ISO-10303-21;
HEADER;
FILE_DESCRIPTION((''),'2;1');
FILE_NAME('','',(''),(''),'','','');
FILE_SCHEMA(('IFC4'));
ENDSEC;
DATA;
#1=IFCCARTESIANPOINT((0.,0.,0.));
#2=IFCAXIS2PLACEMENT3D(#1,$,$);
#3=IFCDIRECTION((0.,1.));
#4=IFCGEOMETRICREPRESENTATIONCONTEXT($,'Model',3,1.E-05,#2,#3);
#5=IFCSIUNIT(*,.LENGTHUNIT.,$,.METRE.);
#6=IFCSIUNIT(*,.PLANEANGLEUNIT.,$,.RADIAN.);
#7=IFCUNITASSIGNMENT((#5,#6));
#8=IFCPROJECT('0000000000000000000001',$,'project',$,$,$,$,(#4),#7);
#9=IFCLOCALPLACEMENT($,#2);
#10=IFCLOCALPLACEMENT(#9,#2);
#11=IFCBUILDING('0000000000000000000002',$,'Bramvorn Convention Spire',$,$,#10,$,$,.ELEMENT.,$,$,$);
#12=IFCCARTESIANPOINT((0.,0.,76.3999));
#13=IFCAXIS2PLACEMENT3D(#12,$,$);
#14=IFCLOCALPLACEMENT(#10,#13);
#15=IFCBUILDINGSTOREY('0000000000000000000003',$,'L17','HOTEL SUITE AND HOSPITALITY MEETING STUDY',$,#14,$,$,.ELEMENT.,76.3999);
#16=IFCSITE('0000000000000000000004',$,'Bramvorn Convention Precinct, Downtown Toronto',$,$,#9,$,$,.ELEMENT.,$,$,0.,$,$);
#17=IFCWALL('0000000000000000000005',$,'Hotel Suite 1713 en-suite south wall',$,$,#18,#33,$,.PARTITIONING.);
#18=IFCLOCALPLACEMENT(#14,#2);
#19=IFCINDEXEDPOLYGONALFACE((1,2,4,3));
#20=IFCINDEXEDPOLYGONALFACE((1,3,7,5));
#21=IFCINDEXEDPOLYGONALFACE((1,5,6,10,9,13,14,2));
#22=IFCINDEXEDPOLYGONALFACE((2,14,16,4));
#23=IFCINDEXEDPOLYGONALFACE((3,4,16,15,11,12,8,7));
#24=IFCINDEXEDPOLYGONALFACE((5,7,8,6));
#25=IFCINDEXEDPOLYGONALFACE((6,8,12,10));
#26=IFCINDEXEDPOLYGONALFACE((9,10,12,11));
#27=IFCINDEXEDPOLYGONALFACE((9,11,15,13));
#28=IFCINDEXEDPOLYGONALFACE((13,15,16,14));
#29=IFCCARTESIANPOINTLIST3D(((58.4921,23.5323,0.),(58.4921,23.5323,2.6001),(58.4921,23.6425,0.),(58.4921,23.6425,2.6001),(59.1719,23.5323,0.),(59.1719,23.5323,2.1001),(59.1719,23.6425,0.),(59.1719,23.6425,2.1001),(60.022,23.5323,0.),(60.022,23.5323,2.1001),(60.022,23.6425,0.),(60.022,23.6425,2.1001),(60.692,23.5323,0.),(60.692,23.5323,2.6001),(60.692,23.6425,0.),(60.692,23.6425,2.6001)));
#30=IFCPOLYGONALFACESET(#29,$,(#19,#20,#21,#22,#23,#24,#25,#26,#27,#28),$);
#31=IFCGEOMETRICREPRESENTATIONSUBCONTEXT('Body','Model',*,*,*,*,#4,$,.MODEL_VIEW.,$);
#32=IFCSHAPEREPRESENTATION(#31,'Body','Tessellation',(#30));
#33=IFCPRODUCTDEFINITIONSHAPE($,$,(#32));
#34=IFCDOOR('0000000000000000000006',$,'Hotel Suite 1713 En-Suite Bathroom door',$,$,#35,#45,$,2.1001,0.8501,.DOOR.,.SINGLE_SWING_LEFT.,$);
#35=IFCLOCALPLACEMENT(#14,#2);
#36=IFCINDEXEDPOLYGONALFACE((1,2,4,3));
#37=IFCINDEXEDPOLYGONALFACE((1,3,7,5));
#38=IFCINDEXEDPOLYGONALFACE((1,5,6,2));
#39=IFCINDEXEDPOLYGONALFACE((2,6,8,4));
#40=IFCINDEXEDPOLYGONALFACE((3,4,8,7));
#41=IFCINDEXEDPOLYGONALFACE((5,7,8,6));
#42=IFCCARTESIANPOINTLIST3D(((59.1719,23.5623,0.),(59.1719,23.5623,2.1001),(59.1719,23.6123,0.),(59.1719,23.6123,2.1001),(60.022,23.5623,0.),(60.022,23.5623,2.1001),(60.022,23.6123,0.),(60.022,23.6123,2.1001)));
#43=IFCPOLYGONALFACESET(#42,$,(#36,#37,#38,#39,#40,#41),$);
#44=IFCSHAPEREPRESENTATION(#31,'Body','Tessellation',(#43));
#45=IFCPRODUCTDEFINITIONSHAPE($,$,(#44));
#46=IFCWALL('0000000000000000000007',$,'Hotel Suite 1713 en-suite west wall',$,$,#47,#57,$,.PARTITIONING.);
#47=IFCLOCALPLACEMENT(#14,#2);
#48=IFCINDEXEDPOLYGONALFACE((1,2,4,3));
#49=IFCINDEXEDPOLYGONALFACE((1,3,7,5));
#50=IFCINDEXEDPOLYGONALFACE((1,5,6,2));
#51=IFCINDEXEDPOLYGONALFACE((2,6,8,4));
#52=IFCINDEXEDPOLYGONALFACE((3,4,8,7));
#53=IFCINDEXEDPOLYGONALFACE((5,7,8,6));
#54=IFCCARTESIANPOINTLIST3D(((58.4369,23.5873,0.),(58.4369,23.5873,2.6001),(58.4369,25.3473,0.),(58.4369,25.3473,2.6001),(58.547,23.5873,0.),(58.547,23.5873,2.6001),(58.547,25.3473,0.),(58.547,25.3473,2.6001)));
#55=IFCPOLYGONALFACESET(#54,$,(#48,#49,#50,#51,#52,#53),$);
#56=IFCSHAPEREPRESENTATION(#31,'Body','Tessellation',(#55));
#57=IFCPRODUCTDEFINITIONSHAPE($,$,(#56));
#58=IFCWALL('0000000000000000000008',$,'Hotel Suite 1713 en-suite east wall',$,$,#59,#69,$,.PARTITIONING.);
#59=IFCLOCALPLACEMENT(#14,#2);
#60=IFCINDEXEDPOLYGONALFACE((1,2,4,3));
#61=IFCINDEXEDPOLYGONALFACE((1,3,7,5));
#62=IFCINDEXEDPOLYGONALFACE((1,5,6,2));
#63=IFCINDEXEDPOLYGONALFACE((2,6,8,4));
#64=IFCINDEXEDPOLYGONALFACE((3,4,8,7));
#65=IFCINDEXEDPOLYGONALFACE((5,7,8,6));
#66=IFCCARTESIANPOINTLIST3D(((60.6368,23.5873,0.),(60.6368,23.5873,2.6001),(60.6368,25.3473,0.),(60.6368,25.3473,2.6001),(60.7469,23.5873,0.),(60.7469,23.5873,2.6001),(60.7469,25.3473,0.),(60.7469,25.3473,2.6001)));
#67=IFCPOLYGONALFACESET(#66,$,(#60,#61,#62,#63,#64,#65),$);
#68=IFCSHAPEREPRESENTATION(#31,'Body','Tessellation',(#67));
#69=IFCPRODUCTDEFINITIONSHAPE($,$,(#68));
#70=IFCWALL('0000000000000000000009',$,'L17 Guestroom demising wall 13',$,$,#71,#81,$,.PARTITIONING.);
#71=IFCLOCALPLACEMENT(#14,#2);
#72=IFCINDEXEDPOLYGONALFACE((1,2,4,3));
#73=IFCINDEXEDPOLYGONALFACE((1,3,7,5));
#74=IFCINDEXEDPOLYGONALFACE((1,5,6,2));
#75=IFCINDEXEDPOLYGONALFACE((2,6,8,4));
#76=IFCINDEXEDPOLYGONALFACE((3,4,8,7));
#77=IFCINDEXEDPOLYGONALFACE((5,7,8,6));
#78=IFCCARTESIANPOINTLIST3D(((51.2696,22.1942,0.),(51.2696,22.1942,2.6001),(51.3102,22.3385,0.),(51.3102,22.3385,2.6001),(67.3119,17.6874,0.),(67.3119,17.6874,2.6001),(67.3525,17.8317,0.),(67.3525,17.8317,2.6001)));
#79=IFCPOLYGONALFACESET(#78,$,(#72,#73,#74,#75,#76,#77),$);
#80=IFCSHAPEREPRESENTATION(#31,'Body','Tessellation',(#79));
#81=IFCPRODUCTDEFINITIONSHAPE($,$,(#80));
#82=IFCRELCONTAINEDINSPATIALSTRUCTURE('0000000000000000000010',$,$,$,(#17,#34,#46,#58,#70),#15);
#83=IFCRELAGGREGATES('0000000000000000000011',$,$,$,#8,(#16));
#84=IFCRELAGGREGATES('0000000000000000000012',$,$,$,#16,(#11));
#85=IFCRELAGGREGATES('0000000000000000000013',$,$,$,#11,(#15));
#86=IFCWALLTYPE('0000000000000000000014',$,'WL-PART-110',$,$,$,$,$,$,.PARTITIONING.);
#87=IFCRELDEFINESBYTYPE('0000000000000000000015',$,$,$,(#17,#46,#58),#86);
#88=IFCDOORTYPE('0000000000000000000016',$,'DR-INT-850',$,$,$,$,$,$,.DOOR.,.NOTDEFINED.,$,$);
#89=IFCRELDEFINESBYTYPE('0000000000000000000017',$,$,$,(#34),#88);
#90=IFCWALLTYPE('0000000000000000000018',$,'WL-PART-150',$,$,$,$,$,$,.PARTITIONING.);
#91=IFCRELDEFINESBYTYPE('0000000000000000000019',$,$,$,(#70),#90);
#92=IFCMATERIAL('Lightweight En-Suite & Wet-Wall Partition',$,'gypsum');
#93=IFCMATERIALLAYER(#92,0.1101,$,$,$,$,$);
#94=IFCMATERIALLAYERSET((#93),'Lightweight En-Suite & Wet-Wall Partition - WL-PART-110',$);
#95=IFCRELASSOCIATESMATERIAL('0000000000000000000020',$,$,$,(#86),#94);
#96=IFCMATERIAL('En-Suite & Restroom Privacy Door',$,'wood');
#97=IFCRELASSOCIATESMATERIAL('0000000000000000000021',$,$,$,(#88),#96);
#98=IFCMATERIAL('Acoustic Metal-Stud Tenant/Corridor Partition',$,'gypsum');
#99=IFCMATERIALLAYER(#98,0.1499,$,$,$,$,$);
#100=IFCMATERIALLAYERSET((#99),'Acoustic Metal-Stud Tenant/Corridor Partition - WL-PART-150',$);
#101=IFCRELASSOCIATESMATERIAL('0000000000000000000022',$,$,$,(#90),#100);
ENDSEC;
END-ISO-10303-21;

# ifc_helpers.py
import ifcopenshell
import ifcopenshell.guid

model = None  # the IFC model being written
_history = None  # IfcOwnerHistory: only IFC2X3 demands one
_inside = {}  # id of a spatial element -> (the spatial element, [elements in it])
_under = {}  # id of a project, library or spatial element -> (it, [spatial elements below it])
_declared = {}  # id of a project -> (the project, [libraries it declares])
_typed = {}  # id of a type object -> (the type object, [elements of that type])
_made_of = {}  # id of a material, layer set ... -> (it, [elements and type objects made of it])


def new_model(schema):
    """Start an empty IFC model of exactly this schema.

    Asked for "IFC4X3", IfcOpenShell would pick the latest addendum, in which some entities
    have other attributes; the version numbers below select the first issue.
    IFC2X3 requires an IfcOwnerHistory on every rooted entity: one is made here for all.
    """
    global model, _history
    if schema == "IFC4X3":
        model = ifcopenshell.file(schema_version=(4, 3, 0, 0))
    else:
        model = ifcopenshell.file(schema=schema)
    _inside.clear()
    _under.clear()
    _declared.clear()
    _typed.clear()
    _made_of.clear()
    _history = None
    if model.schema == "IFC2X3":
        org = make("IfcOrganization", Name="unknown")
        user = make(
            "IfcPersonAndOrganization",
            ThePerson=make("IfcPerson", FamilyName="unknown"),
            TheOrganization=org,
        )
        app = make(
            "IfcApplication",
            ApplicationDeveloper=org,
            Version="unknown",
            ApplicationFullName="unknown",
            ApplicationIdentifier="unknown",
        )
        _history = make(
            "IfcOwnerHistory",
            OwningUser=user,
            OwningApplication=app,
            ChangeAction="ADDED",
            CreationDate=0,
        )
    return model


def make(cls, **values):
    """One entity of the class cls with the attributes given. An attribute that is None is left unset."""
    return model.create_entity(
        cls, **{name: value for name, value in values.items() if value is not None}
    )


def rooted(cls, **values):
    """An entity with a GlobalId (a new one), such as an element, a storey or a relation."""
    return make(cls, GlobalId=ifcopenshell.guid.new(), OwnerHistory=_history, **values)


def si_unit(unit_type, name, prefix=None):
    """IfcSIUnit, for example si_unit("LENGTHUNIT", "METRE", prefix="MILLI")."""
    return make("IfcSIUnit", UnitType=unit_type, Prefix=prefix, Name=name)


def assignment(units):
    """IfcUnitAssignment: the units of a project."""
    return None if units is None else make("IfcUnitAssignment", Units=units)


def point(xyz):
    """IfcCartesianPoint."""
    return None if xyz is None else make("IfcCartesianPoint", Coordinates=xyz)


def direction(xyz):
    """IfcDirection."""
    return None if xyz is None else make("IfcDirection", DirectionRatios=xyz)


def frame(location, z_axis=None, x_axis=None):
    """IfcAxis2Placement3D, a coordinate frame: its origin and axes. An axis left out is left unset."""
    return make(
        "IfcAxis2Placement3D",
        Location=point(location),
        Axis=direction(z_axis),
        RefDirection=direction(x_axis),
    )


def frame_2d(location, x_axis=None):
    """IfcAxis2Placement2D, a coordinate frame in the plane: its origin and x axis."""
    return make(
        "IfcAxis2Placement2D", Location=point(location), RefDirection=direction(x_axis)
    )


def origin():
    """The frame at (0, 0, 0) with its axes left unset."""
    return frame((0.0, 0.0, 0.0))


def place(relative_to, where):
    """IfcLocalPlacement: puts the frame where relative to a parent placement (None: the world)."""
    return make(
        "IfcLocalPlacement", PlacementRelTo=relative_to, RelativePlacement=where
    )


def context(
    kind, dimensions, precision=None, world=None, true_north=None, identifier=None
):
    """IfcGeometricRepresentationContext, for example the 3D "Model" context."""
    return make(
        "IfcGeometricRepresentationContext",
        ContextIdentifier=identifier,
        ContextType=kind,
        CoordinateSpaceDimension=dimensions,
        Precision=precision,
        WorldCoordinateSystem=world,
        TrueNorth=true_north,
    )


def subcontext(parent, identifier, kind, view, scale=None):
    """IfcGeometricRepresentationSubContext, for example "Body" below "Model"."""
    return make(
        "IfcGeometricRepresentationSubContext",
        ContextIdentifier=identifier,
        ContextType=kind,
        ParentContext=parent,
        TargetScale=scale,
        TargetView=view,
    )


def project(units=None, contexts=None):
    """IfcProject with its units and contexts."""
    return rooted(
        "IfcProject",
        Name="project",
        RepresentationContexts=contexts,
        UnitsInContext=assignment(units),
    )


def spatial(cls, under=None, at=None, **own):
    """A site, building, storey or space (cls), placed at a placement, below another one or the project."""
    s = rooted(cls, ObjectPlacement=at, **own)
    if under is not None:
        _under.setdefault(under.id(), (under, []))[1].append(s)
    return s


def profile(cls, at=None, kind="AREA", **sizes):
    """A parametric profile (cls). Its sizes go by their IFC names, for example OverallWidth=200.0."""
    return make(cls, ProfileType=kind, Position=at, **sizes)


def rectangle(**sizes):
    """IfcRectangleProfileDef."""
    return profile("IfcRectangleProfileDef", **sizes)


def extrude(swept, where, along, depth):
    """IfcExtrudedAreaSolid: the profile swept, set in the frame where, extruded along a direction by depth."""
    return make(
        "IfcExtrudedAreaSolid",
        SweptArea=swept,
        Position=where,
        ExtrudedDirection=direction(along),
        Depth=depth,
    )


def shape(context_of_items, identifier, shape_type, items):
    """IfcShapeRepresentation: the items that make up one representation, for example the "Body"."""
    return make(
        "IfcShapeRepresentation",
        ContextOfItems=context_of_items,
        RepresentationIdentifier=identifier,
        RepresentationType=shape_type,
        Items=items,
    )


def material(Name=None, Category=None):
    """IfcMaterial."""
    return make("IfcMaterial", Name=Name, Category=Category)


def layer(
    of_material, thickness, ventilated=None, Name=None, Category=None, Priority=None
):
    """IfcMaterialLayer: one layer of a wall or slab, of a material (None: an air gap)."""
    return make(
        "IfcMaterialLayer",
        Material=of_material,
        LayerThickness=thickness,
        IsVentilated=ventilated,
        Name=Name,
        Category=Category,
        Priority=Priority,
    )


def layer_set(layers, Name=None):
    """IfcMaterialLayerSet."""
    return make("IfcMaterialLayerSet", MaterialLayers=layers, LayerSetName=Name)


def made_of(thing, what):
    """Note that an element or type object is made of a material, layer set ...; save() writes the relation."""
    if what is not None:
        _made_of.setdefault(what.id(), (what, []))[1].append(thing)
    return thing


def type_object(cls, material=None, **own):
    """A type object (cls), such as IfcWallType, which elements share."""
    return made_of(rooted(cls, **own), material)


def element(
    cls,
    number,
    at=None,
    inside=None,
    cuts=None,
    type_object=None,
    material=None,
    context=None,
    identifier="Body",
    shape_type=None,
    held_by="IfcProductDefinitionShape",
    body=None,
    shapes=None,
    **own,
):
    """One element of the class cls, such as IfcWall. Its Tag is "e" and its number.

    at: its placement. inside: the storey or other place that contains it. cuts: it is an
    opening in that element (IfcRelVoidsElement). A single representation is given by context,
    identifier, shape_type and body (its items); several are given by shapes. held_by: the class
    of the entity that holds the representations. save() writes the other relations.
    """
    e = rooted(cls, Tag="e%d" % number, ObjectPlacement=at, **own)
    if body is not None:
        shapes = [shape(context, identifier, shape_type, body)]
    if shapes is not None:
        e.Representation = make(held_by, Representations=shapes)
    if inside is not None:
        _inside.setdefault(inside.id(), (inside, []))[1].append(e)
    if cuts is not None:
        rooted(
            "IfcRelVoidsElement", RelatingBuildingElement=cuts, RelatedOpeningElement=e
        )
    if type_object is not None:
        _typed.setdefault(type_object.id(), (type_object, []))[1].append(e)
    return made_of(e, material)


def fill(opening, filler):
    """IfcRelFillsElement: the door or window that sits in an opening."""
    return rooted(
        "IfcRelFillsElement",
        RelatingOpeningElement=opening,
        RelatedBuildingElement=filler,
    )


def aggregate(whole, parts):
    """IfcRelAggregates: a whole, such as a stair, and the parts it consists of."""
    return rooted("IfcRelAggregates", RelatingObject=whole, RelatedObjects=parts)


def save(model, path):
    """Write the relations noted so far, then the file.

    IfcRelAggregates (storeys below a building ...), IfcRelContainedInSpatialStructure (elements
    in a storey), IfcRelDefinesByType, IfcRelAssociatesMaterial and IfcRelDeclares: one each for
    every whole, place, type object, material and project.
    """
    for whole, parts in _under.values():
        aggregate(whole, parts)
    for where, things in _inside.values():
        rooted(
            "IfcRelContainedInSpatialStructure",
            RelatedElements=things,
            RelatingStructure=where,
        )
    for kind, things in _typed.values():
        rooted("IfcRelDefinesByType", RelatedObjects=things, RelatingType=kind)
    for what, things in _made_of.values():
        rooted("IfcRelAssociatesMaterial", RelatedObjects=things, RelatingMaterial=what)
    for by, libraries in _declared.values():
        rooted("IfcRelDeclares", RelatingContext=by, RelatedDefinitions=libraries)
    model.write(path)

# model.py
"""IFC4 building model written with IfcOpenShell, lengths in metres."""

from ifc_helpers import new_model, si_unit, direction, frame, frame_2d, origin, place, context, subcontext, project, spatial, rectangle, extrude, material, layer, layer_set, type_object, element, fill, save


model = new_model("IFC4")

# Units and contexts
model_context = context("Model", 3, precision=1e-05, world=origin(), true_north=direction((0.0, 1.0)))
body_context = subcontext(model_context, "Body", "Model", "MODEL_VIEW")
ifc_project = project(units=[si_unit("LENGTHUNIT", "METRE"), si_unit("PLANEANGLEUNIT", "RADIAN")], contexts=[model_context])

# Site, building, storey
site_placement = place(None, origin())
site = spatial("IfcSite", under=ifc_project, at=site_placement, Name="Bramvorn Convention Precinct, Downtown Toronto", CompositionType="ELEMENT", RefElevation=0.0)
building_placement = place(site_placement, origin())
building = spatial("IfcBuilding", under=site, at=building_placement, Name="Bramvorn Convention Spire", CompositionType="ELEMENT")
storey_placement = place(building_placement, frame((0.0, 0.0, 76.3999)))
storey = spatial("IfcBuildingStorey", under=building, at=storey_placement, Name="L17", Description="HOTEL SUITE AND HOSPITALITY MEETING STUDY", CompositionType="ELEMENT", Elevation=76.3999)

# Wall, opening, door
ifc_material_1 = material(Name="Lightweight En-Suite & Wet-Wall Partition", Category="gypsum")
ifc_layer_1 = layer(ifc_material_1, 0.1101)
ifc_layer_set_1 = layer_set([ifc_layer_1], Name="Lightweight En-Suite & Wet-Wall Partition - WL-PART-110")
wall_type_1 = type_object("IfcWallType", Name="WL-PART-110", PredefinedType="PARTITIONING", material=ifc_layer_set_1)
wall_1_placement = place(storey_placement, frame((58.4919, 23.5874, 0.0), z_axis=(0.0, 0.0, 1.0), x_axis=(1.0, 0.0, 0.0)))
wall_1 = element("IfcWall", 1, at=wall_1_placement, inside=storey, type_object=wall_type_1, Name="Hotel Suite 1713 en-suite south wall", PredefinedType="PARTITIONING", context=body_context, shape_type="SweptSolid", body=[
    extrude(rectangle(XDim=2.2, YDim=0.1101, at=frame_2d((1.1001, 0.0))), origin(), (0.0, 0.0, 1.0), 2.6001),
])
opening_1_placement = place(wall_1_placement, frame((0.6799, 0.0, 0.0)))
opening_1 = element("IfcOpeningElement", 2, at=opening_1_placement, cuts=wall_1, PredefinedType="OPENING", context=body_context, shape_type="SweptSolid", body=[
    extrude(rectangle(XDim=0.8501, YDim=2.1001, at=frame_2d((0.425, 1.05))), frame((0.0, 0.0649, 0.0), z_axis=(0.0, -1.0, 0.0), x_axis=(1.0, 0.0, 0.0)), (0.0, 0.0, 1.0), 0.1301),
])
ifc_material_2 = material(Name="En-Suite & Restroom Privacy Door", Category="wood")
door_type_1 = type_object("IfcDoorType", Name="DR-INT-850", OperationType="NOTDEFINED", PredefinedType="DOOR", material=ifc_material_2)
door_1_placement = place(opening_1_placement, origin())
door_1 = element("IfcDoor", 3, at=door_1_placement, inside=storey, type_object=door_type_1, Name="Hotel Suite 1713 En-Suite Bathroom door", OperationType="SINGLE_SWING_LEFT", OverallHeight=2.1001, OverallWidth=0.8501, PredefinedType="DOOR", context=body_context, shape_type="SweptSolid", body=[
    extrude(rectangle(XDim=0.8501, YDim=2.1001, at=frame_2d((0.425, 1.05))), frame((0.0, 0.0249, 0.0), z_axis=(0.0, -1.0, 0.0), x_axis=(1.0, 0.0, 0.0)), (0.0, 0.0, 1.0), 0.05),
])
fill(opening_1, door_1)

# Walls
for number, where, z_axis, x_axis, name in (
    (4, (58.4919, 23.5874, 0.0), (0.0, 0.0, 1.0), (0.0, 1.0, 0.0), "Hotel Suite 1713 en-suite west wall"),
    (5, (60.6919, 23.5874, 0.0), (0.0, 0.0, 1.0), (0.0, 1.0, 0.0), "Hotel Suite 1713 en-suite east wall"),
):
    element("IfcWall", number, at=place(storey_placement, frame(where, z_axis=z_axis, x_axis=x_axis)), inside=storey, type_object=wall_type_1, Name=name, PredefinedType="PARTITIONING", context=body_context, shape_type="SweptSolid", body=[
        extrude(rectangle(XDim=1.76, YDim=0.1101, at=frame_2d((0.8799, 0.0))), origin(), (0.0, 0.0, 1.0), 2.6001),
    ])
ifc_material_3 = material(Name="Acoustic Metal-Stud Tenant/Corridor Partition", Category="gypsum")
ifc_layer_2 = layer(ifc_material_3, 0.1499)
ifc_layer_set_2 = layer_set([ifc_layer_2], Name="Acoustic Metal-Stud Tenant/Corridor Partition - WL-PART-150")
wall_type_2 = type_object("IfcWallType", Name="WL-PART-150", PredefinedType="PARTITIONING", material=ifc_layer_set_2)
wall_2_placement = place(storey_placement, frame((51.29, 22.2664, 0.0), z_axis=(0.0, 0.0, 1.0), x_axis=(0.96273, -0.270465, 0.0)))
element("IfcWall", 6, at=wall_2_placement, inside=storey, type_object=wall_type_2, Name="L17 Guestroom demising wall 13", PredefinedType="PARTITIONING", context=body_context, shape_type="SweptSolid", body=[
    extrude(rectangle(XDim=16.6633, YDim=0.1499, at=frame_2d((8.3315, 0.0))), origin(), (0.0, 0.0, 1.0), 2.6001),
])

save(model, "model.ifc")
